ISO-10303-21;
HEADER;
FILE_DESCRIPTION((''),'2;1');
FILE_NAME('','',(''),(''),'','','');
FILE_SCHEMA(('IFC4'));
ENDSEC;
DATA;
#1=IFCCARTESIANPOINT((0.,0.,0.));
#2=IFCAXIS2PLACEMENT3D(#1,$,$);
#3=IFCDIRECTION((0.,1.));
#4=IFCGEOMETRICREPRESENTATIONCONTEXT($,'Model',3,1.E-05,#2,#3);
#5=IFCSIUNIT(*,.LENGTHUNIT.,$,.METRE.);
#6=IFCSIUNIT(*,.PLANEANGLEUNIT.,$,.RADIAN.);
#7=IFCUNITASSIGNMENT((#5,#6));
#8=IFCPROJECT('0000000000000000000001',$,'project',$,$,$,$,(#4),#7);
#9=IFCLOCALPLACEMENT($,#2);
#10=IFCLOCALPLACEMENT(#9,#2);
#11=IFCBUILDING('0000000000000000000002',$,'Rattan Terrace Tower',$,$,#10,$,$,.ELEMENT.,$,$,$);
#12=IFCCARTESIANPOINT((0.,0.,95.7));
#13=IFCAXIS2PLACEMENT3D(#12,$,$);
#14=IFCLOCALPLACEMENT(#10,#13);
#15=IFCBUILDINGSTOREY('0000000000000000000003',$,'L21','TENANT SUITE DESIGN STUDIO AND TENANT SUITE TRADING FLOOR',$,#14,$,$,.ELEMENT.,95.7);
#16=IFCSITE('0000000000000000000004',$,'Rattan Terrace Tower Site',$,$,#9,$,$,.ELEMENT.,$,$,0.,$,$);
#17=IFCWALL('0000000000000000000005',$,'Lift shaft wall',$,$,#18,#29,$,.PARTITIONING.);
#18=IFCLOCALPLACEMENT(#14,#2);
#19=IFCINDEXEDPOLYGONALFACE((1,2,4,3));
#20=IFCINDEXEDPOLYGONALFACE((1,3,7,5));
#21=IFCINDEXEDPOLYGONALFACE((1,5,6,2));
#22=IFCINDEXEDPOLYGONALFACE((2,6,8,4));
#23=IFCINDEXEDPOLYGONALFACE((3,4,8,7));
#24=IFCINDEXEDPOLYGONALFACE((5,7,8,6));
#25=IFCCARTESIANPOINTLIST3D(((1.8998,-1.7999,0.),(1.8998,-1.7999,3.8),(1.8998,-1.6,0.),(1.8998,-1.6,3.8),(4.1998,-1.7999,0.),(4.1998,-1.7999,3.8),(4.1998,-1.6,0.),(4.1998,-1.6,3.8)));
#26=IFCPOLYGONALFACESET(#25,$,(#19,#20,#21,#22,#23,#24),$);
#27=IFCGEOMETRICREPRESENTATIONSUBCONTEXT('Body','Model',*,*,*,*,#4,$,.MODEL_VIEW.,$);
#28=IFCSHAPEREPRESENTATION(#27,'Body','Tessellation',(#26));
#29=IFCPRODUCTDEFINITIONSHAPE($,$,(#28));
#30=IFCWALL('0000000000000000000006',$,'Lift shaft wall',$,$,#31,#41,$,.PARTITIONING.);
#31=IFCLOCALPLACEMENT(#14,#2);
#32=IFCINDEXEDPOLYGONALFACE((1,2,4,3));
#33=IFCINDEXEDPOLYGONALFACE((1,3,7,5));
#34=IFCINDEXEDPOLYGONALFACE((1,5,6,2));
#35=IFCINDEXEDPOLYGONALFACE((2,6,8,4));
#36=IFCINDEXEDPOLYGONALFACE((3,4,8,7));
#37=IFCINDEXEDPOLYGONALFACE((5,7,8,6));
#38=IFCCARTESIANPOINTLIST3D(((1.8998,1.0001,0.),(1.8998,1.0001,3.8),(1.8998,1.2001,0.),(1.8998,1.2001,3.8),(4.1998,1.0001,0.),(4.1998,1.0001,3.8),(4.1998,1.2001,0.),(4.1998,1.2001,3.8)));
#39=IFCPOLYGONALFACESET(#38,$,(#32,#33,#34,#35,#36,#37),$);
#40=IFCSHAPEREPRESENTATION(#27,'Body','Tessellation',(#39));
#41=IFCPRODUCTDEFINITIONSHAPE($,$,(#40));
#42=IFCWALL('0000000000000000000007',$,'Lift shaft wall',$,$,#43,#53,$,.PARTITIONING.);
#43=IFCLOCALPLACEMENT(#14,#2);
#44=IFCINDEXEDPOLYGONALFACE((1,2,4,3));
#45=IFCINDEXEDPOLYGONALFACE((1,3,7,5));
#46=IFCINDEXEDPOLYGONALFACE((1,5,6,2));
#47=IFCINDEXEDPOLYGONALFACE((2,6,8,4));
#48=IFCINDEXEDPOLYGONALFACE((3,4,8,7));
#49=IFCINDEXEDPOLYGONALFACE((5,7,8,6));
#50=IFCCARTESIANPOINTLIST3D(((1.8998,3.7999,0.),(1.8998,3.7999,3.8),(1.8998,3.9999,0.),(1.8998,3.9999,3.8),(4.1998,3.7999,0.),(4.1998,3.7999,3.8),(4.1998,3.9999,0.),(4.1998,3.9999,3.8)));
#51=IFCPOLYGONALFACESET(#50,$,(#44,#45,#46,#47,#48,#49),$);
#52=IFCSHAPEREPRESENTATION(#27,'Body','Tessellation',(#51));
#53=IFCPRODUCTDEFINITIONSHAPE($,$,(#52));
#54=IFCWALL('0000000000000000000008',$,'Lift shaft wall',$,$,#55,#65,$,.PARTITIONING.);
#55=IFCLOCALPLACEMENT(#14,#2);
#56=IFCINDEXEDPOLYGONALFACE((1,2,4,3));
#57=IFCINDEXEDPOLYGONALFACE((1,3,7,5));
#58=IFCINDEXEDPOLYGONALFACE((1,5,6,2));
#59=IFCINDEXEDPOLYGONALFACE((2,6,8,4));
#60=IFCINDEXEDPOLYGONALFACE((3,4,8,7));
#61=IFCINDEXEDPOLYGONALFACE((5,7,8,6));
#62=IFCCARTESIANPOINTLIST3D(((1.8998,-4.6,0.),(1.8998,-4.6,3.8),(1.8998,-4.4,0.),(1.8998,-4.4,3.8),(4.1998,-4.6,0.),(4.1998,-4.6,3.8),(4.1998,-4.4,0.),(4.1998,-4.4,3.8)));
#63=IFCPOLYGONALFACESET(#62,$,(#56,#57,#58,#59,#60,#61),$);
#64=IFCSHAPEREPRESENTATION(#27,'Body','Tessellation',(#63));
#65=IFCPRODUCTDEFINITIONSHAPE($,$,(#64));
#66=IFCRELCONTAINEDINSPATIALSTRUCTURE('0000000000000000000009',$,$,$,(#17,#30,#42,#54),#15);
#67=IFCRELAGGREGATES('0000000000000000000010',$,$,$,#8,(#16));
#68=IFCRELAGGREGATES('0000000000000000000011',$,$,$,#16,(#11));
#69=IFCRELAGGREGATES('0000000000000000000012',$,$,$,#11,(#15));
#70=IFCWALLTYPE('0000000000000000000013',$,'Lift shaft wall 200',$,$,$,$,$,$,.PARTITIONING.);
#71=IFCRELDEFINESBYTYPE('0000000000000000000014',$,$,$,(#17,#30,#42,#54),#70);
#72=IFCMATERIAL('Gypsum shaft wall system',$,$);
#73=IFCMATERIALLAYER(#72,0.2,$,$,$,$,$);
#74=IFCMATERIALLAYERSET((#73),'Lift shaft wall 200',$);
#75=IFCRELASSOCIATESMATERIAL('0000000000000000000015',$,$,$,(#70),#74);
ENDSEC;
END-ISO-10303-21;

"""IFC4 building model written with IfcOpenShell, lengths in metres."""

from ifc_helpers import new_model, si_unit, direction, frame, frame_2d, origin, place, context, subcontext, project, spatial, rectangle, extrude, material, layer, layer_set, type_object, element, save


model = new_model("IFC4")

# Units and contexts
model_context = context("Model", 3, precision=1e-05, world=origin(), true_north=direction((0.0, 1.0)))
body_context = subcontext(model_context, "Body", "Model", "MODEL_VIEW")
ifc_project = project(units=[si_unit("LENGTHUNIT", "METRE"), si_unit("PLANEANGLEUNIT", "RADIAN")], contexts=[model_context])

# Site, building, storey
site_placement = place(None, origin())
site = spatial("IfcSite", under=ifc_project, at=site_placement, Name="Rattan Terrace Tower Site", CompositionType="ELEMENT", RefElevation=0.0)
building_placement = place(site_placement, origin())
building = spatial("IfcBuilding", under=site, at=building_placement, Name="Rattan Terrace Tower", CompositionType="ELEMENT")
storey_placement = place(building_placement, frame((0.0, 0.0, 95.7)))
storey = spatial("IfcBuildingStorey", under=building, at=storey_placement, Name="L21", Description="TENANT SUITE DESIGN STUDIO AND TENANT SUITE TRADING FLOOR", CompositionType="ELEMENT", Elevation=95.7)

# Walls
ifc_material_1 = material(Name="Gypsum shaft wall system")
ifc_layer_1 = layer(ifc_material_1, 0.2)
ifc_layer_set_1 = layer_set([ifc_layer_1], Name="Lift shaft wall 200")
wall_type = type_object("IfcWallType", Name="Lift shaft wall 200", PredefinedType="PARTITIONING", material=ifc_layer_set_1)
for number, where, z_axis, x_axis, name in (
    (1, (1.8999, -1.7, 0.0), (0.0, 0.0, 1.0), (1.0, 0.0, 0.0), "Lift shaft wall"),
    (2, (1.8999, 1.1001, 0.0), (0.0, 0.0, 1.0), (1.0, 0.0, 0.0), "Lift shaft wall"),
    (3, (1.8999, 3.8999, 0.0), (0.0, 0.0, 1.0), (1.0, 0.0, 0.0), "Lift shaft wall"),
    (4, (1.8999, -4.5, 0.0), (0.0, 0.0, 1.0), (1.0, 0.0, 0.0), "Lift shaft wall"),
):
    element("IfcWall", number, at=place(storey_placement, frame(where, z_axis=z_axis, x_axis=x_axis)), inside=storey, type_object=wall_type, Name=name, PredefinedType="PARTITIONING", context=body_context, shape_type="SweptSolid", body=[
        extrude(rectangle(XDim=2.3, YDim=0.2, at=frame_2d((1.1499, 0.0))), origin(), (0.0, 0.0, 1.0), 3.8),
    ])

save(model, "model.ifc")
